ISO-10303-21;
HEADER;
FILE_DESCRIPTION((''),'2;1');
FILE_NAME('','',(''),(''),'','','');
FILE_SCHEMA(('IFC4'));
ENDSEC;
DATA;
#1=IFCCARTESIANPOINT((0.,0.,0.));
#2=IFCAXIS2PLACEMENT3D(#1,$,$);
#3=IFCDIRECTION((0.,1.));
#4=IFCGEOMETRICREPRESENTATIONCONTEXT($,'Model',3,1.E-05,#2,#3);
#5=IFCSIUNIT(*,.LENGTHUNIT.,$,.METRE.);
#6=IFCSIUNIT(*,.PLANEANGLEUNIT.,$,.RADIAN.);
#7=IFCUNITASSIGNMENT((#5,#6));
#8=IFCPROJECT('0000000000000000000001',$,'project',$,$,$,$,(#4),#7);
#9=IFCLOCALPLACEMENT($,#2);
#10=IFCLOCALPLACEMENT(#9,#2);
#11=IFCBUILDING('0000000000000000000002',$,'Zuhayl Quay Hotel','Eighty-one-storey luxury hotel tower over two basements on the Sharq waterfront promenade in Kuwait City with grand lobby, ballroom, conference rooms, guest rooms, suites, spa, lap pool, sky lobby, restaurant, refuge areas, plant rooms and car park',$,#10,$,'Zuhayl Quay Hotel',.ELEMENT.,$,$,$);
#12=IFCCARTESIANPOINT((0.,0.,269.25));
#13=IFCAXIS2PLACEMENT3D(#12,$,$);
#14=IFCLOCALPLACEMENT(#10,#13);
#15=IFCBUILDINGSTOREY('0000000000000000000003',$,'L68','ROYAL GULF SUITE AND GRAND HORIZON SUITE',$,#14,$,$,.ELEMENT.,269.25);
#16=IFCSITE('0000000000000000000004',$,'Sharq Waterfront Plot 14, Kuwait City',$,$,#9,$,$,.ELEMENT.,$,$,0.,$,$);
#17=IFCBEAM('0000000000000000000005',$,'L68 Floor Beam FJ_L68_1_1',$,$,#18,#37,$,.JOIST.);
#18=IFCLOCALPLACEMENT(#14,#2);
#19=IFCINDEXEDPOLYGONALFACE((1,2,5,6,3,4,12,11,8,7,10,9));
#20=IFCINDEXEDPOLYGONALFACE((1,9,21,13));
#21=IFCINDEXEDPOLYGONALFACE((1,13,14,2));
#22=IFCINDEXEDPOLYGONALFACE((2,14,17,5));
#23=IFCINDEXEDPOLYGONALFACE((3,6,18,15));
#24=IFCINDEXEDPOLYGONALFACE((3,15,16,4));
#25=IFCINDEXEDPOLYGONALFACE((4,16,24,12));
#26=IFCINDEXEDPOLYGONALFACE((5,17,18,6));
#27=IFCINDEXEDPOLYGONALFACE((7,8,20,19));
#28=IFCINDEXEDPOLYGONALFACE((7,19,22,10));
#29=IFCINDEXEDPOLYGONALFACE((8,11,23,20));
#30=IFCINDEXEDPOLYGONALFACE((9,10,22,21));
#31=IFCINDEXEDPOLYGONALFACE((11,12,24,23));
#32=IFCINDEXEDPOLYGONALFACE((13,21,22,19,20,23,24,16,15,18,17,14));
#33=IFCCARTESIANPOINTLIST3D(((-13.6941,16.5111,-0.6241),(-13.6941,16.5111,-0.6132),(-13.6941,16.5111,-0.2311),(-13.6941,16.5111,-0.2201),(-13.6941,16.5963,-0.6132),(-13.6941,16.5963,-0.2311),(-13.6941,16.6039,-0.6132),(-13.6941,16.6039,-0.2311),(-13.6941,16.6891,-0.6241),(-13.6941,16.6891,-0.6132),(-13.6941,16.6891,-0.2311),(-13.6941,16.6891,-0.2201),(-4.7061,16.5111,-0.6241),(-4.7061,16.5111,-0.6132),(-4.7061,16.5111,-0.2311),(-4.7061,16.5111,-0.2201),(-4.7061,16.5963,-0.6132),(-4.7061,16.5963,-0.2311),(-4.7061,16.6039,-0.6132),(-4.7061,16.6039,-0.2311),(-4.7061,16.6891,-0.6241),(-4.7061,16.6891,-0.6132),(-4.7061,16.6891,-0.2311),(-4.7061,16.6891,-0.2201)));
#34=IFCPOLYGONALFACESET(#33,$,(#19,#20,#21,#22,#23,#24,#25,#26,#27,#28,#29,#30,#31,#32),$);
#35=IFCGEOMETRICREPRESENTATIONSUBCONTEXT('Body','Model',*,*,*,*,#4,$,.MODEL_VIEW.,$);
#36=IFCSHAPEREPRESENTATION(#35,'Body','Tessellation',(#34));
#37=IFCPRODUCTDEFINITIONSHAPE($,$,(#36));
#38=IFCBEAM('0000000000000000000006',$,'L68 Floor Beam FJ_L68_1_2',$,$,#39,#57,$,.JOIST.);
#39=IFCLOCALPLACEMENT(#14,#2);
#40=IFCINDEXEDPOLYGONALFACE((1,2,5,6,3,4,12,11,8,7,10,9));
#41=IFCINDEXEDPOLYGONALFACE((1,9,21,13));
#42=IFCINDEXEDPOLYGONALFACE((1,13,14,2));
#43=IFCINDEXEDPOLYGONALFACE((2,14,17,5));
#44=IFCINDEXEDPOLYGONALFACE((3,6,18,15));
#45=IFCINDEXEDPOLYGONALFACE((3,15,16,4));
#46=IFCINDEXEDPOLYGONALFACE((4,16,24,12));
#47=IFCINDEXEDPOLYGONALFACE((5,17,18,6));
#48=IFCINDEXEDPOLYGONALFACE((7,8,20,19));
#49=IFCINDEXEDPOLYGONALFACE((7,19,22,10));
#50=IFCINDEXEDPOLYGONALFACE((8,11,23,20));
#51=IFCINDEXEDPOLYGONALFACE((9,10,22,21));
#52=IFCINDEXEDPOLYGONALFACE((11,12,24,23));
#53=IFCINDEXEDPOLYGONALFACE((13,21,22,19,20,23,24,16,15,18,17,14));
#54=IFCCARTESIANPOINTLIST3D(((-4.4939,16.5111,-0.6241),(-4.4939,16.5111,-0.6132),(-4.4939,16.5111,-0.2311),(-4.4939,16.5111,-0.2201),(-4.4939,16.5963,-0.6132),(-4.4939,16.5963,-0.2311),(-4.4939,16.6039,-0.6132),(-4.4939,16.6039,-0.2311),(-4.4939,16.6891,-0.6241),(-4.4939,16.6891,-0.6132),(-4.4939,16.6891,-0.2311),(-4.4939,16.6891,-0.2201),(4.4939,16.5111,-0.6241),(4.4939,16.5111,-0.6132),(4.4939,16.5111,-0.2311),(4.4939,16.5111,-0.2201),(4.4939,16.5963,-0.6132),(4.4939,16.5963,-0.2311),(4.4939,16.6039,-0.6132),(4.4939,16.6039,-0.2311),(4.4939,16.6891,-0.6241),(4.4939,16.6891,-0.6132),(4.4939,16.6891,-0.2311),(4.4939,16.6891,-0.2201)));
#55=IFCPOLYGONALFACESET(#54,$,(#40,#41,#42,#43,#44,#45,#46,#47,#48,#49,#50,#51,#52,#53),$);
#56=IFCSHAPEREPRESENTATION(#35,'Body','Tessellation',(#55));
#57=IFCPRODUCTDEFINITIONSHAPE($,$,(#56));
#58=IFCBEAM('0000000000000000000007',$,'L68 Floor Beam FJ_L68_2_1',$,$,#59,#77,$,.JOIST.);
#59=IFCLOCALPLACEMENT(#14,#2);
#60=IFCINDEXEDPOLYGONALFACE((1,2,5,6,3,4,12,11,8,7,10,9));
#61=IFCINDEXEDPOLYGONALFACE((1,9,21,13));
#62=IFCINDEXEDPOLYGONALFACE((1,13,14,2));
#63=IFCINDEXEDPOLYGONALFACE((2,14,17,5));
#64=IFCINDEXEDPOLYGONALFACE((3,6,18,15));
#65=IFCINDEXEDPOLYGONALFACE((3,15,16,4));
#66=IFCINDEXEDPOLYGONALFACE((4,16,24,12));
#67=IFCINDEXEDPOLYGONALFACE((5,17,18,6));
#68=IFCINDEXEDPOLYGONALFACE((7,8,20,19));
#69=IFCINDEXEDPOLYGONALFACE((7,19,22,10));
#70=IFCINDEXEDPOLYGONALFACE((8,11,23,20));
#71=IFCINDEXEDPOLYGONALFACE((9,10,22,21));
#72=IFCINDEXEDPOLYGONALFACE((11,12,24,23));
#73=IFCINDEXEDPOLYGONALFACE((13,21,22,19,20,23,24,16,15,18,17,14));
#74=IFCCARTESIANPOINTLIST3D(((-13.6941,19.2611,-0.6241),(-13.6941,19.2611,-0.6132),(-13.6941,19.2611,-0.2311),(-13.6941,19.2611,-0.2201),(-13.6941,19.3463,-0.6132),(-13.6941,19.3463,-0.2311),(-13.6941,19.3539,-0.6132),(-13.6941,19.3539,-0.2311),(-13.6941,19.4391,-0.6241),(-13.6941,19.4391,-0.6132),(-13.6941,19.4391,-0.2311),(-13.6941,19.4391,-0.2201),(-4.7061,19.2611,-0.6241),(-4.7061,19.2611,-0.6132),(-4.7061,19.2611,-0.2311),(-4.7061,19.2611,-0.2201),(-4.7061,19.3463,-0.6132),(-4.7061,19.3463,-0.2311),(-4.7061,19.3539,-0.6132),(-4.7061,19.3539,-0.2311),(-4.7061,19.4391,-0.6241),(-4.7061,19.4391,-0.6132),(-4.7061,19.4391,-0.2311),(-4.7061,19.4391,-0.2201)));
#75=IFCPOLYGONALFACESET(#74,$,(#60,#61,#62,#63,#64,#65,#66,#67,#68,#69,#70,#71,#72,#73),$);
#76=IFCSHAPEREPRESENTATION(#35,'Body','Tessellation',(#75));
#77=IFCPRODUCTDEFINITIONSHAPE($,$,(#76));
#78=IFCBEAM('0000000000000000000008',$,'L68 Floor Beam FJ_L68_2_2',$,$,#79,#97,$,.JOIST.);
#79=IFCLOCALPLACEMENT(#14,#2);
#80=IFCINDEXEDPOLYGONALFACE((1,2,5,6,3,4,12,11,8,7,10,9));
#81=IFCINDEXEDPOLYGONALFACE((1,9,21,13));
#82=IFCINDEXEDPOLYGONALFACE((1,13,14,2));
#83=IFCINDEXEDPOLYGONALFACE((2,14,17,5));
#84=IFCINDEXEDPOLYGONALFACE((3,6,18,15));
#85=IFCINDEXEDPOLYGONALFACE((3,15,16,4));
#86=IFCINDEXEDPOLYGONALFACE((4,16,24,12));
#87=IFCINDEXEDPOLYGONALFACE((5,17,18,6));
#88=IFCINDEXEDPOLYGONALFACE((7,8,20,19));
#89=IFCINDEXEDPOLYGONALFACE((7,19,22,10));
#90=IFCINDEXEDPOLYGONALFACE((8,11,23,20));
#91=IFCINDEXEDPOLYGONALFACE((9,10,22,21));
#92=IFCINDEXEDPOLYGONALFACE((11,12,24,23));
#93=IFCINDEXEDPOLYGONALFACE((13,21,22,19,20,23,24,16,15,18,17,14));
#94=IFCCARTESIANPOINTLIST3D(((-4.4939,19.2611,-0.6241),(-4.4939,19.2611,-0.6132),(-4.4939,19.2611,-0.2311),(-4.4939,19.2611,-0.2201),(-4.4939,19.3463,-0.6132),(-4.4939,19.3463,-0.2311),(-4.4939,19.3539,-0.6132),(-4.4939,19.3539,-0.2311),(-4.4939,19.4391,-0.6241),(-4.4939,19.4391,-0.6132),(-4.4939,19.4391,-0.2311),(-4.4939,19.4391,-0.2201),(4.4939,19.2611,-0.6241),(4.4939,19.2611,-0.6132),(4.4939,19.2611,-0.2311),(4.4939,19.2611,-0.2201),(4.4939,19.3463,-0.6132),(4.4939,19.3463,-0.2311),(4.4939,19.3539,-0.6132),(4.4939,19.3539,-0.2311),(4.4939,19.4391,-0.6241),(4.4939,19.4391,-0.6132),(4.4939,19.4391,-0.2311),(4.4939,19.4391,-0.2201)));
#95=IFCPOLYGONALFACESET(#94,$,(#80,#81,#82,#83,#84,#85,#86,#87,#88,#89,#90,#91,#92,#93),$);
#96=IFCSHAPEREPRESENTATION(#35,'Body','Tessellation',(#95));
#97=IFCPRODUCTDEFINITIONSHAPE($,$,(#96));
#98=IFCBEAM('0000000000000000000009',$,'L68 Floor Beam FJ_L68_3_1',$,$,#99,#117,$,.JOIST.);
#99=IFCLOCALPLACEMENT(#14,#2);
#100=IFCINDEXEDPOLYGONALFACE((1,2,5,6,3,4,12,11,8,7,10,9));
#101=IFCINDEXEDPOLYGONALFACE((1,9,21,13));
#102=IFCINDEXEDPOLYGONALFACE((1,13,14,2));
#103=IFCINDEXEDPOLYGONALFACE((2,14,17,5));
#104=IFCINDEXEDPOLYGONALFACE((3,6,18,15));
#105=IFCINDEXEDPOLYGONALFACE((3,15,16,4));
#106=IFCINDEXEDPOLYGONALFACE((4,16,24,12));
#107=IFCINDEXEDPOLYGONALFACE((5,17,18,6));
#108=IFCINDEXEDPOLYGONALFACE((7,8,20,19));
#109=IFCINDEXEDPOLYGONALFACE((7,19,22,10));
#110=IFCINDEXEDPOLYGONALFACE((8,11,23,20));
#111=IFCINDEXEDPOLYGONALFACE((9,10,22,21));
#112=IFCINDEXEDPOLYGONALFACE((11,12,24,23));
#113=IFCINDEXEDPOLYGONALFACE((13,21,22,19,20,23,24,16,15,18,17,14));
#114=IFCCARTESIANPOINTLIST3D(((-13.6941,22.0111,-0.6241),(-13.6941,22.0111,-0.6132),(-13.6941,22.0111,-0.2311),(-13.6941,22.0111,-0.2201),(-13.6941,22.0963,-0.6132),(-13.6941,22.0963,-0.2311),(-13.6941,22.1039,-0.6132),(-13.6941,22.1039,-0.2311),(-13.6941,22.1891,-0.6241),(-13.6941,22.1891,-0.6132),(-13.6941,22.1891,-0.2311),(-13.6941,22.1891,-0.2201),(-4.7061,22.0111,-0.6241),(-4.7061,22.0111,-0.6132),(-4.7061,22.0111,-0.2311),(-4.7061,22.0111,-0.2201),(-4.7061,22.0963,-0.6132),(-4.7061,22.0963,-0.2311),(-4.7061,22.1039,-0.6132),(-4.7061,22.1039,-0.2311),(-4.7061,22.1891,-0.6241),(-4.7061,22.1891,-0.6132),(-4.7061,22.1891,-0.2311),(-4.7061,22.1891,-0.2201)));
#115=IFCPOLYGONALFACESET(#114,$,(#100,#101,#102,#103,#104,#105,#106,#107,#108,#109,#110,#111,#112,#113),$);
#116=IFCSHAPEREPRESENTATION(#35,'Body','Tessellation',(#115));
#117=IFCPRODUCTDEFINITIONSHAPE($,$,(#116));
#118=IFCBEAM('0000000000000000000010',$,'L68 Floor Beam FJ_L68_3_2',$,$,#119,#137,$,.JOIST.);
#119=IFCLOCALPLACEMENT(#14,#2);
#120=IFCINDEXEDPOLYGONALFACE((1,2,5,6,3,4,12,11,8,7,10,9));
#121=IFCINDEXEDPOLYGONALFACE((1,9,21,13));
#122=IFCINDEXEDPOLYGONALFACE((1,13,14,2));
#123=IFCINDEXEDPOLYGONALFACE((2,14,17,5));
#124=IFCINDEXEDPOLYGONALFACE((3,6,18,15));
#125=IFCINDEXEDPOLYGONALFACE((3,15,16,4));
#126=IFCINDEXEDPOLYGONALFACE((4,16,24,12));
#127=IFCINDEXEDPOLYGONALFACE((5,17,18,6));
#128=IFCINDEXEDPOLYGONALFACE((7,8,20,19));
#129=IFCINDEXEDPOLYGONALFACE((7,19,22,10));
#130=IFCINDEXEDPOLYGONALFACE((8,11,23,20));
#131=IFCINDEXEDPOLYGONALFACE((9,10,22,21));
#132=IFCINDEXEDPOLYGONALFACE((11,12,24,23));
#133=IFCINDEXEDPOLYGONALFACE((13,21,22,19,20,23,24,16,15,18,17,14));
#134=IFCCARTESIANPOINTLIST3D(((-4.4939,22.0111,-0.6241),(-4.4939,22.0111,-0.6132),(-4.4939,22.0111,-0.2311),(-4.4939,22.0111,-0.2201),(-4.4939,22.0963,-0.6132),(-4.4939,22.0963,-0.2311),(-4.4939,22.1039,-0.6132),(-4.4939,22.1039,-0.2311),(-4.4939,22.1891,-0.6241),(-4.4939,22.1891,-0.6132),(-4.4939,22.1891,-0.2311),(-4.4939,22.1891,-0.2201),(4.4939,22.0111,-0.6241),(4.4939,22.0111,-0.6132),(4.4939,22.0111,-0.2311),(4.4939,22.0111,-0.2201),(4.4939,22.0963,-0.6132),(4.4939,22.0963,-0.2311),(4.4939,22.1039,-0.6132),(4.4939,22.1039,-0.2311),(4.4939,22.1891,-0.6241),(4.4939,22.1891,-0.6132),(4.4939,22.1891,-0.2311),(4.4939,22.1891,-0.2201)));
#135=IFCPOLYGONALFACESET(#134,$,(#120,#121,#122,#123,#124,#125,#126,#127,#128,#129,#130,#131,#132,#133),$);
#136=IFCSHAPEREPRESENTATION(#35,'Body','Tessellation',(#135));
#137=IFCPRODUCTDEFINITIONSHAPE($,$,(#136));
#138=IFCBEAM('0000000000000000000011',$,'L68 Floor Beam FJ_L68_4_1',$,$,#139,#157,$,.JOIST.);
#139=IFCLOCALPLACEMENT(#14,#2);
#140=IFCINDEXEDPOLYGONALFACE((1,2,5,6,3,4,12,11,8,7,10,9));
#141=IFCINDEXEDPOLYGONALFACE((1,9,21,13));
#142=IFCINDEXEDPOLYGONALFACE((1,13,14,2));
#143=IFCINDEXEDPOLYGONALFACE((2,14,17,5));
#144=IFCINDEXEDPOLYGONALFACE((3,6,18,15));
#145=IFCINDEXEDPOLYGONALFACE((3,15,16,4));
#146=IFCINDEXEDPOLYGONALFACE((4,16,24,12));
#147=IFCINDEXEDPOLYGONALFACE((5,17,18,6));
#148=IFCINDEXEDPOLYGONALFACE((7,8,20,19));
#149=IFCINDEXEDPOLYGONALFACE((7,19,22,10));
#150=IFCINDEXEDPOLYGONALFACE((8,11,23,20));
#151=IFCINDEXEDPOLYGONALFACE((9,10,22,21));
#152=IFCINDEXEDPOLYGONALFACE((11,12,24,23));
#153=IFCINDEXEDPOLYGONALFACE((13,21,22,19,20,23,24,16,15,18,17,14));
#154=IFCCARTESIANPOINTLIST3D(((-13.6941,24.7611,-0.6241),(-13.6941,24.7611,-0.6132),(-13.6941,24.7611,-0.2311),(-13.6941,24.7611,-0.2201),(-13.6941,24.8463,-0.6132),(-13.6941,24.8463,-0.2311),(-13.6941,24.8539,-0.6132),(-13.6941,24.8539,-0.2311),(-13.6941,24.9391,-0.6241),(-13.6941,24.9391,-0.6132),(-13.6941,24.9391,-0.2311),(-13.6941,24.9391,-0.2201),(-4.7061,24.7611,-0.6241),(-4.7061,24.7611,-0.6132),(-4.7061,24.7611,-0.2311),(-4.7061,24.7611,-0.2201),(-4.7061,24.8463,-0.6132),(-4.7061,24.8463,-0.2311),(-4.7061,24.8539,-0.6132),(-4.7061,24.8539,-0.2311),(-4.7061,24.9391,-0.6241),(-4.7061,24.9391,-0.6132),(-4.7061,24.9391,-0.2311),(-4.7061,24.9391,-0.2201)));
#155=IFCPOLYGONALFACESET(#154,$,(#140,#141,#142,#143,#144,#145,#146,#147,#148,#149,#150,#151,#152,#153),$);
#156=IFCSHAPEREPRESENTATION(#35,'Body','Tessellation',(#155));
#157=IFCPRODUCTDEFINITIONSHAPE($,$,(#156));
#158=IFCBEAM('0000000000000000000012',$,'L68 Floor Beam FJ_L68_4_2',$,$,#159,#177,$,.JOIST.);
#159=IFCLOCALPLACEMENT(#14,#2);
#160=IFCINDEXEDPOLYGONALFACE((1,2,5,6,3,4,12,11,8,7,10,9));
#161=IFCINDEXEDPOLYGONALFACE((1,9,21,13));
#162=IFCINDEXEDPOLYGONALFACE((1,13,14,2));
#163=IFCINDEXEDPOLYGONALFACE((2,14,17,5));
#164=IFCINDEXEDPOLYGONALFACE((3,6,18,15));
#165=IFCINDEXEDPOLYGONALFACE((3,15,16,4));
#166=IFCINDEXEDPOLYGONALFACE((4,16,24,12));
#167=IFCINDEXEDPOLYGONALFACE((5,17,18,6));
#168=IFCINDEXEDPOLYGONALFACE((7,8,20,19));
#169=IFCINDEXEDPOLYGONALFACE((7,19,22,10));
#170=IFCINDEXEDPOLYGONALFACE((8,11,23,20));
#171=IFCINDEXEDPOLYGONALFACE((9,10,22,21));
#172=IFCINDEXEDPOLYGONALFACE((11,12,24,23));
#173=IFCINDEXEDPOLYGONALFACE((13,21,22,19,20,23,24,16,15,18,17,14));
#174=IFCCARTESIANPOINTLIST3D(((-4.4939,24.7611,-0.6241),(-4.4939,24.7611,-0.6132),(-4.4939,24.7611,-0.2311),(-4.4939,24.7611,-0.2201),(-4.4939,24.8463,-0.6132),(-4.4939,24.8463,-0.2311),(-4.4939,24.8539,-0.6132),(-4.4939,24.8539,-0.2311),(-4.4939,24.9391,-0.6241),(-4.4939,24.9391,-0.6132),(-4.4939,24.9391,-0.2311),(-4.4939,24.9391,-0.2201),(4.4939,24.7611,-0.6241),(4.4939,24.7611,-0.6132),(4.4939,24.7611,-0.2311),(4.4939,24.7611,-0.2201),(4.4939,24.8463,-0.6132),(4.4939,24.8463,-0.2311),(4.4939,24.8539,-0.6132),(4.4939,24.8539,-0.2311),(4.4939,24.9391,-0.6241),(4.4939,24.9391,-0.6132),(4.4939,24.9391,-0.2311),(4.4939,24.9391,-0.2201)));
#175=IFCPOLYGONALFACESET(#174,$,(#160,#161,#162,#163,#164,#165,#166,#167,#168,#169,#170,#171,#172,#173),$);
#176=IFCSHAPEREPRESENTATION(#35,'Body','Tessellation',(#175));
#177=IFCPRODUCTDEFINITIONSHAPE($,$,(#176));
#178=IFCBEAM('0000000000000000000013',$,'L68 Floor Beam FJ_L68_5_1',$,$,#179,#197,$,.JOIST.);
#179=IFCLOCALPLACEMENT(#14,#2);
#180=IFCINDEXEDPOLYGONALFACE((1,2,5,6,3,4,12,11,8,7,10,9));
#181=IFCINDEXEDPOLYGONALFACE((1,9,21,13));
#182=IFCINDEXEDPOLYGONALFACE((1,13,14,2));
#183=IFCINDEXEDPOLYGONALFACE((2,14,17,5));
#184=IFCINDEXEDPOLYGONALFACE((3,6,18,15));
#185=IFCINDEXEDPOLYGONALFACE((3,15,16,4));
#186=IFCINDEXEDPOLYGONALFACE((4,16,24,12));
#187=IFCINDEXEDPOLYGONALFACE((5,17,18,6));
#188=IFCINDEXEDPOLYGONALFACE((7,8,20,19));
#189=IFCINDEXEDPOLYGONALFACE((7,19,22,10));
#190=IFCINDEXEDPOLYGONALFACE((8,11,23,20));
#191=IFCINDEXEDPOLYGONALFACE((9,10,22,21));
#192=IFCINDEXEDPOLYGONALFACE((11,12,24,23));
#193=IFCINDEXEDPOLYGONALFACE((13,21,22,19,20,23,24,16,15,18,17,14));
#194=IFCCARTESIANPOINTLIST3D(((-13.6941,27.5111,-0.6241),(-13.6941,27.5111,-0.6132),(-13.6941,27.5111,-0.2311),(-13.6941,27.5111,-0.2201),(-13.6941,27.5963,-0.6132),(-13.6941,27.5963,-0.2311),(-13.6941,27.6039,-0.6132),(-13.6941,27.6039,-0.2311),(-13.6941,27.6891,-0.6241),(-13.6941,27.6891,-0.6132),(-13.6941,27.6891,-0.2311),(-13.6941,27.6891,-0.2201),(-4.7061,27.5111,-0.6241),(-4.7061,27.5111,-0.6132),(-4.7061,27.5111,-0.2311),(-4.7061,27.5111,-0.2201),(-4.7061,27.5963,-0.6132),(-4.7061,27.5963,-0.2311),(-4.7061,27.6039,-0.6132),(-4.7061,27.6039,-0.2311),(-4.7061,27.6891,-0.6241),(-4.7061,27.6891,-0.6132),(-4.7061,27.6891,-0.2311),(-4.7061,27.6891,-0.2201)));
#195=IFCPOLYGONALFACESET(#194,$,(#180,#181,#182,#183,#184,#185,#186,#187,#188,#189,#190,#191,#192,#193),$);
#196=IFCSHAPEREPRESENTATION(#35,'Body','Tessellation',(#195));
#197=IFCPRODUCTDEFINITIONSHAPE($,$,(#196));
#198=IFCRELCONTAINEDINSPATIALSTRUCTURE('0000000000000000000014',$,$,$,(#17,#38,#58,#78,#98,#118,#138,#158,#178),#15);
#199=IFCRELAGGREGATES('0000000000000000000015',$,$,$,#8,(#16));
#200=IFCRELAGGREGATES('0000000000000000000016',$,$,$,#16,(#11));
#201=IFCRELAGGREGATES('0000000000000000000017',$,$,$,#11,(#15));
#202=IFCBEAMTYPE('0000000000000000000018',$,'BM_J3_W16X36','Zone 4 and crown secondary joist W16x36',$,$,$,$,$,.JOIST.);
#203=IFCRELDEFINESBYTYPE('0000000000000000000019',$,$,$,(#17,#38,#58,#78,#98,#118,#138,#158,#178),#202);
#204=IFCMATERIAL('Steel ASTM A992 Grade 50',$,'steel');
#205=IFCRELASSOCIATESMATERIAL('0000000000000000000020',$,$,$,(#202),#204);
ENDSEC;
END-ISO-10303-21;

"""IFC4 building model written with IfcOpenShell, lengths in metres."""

from ifc_helpers import new_model, si_unit, direction, frame, origin, origin_2d, place, context, subcontext, project, spatial, i_section, extrude, material, material_profile, profile_set, type_object, element, save


model = new_model("IFC4")

# Units and contexts
model_context = context("Model", 3, precision=1e-05, world=origin(), true_north=direction((0.0, 1.0)))
body_context = subcontext(model_context, "Body", "Model", "MODEL_VIEW")
ifc_project = project(units=[si_unit("LENGTHUNIT", "METRE"), si_unit("PLANEANGLEUNIT", "RADIAN")], contexts=[model_context])

# Site, building, storey
site_placement = place(None, origin())
site = spatial("IfcSite", under=ifc_project, at=site_placement, Name="Sharq Waterfront Plot 14, Kuwait City", CompositionType="ELEMENT", RefElevation=0.0)
building_placement = place(site_placement, origin())
building = spatial("IfcBuilding", under=site, at=building_placement, Name="Zuhayl Quay Hotel", Description="Eighty-one-storey luxury hotel tower over two basements on the Sharq waterfront promenade in Kuwait City with grand lobby, ballroom, conference rooms, guest rooms, suites, spa, lap pool, sky lobby, restaurant, refuge areas, plant rooms and car park", LongName="Zuhayl Quay Hotel", CompositionType="ELEMENT")
storey_placement = place(building_placement, frame((0.0, 0.0, 269.25)))
storey = spatial("IfcBuildingStorey", under=building, at=storey_placement, Name="L68", Description="ROYAL GULF SUITE AND GRAND HORIZON SUITE", CompositionType="ELEMENT", Elevation=269.25)

# Beams
ifc_material_1 = material(Name="Steel ASTM A992 Grade 50", Category="steel")
ifc_material_profile = material_profile(ifc_material_1, i_section(OverallWidth=0.178, OverallDepth=0.4041, WebThickness=0.0076, FlangeThickness=0.011, at=origin_2d()), Name="W16X36")
ifc_profile_set = profile_set([ifc_material_profile], Name="Steel ASTM A992 Grade 50")
beam_type = type_object("IfcBeamType", Name="BM_J3_W16X36", Description="Zone 4 and crown secondary joist W16x36", PredefinedType="JOIST", material=ifc_profile_set)
beam_1_placement = place(storey_placement, frame((-13.6941, 16.6001, -0.4221), z_axis=(1.0, 0.0, 0.0), x_axis=(0.0, 1.0, 0.0)))
element("IfcBeam", 1, at=beam_1_placement, inside=storey, type_object=beam_type, Name="L68 Floor Beam FJ_L68_1_1", PredefinedType="JOIST", context=body_context, shape_type="SweptSolid", body=[
    extrude(i_section(OverallWidth=0.178, OverallDepth=0.4041, WebThickness=0.0076, FlangeThickness=0.011, at=origin_2d()), origin(), (0.0, 0.0, 1.0), 8.988),
])
beam_2_placement = place(storey_placement, frame((-4.4939, 16.6001, -0.4221), z_axis=(1.0, 0.0, 0.0), x_axis=(0.0, 1.0, 0.0)))
element("IfcBeam", 2, at=beam_2_placement, inside=storey, type_object=beam_type, Name="L68 Floor Beam FJ_L68_1_2", PredefinedType="JOIST", context=body_context, shape_type="SweptSolid", body=[
    extrude(i_section(OverallWidth=0.178, OverallDepth=0.4041, WebThickness=0.0076, FlangeThickness=0.011, at=origin_2d()), origin(), (0.0, 0.0, 1.0), 8.9878),
])
beam_3_placement = place(storey_placement, frame((-13.6941, 19.3501, -0.4221), z_axis=(1.0, 0.0, 0.0), x_axis=(0.0, 1.0, 0.0)))
element("IfcBeam", 3, at=beam_3_placement, inside=storey, type_object=beam_type, Name="L68 Floor Beam FJ_L68_2_1", PredefinedType="JOIST", context=body_context, shape_type="SweptSolid", body=[
    extrude(i_section(OverallWidth=0.178, OverallDepth=0.4041, WebThickness=0.0076, FlangeThickness=0.011, at=origin_2d()), origin(), (0.0, 0.0, 1.0), 8.988),
])
beam_4_placement = place(storey_placement, frame((-4.4939, 19.3501, -0.4221), z_axis=(1.0, 0.0, 0.0), x_axis=(0.0, 1.0, 0.0)))
element("IfcBeam", 4, at=beam_4_placement, inside=storey, type_object=beam_type, Name="L68 Floor Beam FJ_L68_2_2", PredefinedType="JOIST", context=body_context, shape_type="SweptSolid", body=[
    extrude(i_section(OverallWidth=0.178, OverallDepth=0.4041, WebThickness=0.0076, FlangeThickness=0.011, at=origin_2d()), origin(), (0.0, 0.0, 1.0), 8.9878),
])
beam_5_placement = place(storey_placement, frame((-13.6941, 22.1001, -0.4221), z_axis=(1.0, 0.0, 0.0), x_axis=(0.0, 1.0, 0.0)))
element("IfcBeam", 5, at=beam_5_placement, inside=storey, type_object=beam_type, Name="L68 Floor Beam FJ_L68_3_1", PredefinedType="JOIST", context=body_context, shape_type="SweptSolid", body=[
    extrude(i_section(OverallWidth=0.178, OverallDepth=0.4041, WebThickness=0.0076, FlangeThickness=0.011, at=origin_2d()), origin(), (0.0, 0.0, 1.0), 8.988),
])
beam_6_placement = place(storey_placement, frame((-4.4939, 22.1001, -0.4221), z_axis=(1.0, 0.0, 0.0), x_axis=(0.0, 1.0, 0.0)))
element("IfcBeam", 6, at=beam_6_placement, inside=storey, type_object=beam_type, Name="L68 Floor Beam FJ_L68_3_2", PredefinedType="JOIST", context=body_context, shape_type="SweptSolid", body=[
    extrude(i_section(OverallWidth=0.178, OverallDepth=0.4041, WebThickness=0.0076, FlangeThickness=0.011, at=origin_2d()), origin(), (0.0, 0.0, 1.0), 8.9878),
])
beam_7_placement = place(storey_placement, frame((-13.6941, 24.8501, -0.4221), z_axis=(1.0, 0.0, 0.0), x_axis=(0.0, 1.0, 0.0)))
element("IfcBeam", 7, at=beam_7_placement, inside=storey, type_object=beam_type, Name="L68 Floor Beam FJ_L68_4_1", PredefinedType="JOIST", context=body_context, shape_type="SweptSolid", body=[
    extrude(i_section(OverallWidth=0.178, OverallDepth=0.4041, WebThickness=0.0076, FlangeThickness=0.011, at=origin_2d()), origin(), (0.0, 0.0, 1.0), 8.988),
])
beam_8_placement = place(storey_placement, frame((-4.4939, 24.8501, -0.4221), z_axis=(1.0, 0.0, 0.0), x_axis=(0.0, 1.0, 0.0)))
element("IfcBeam", 8, at=beam_8_placement, inside=storey, type_object=beam_type, Name="L68 Floor Beam FJ_L68_4_2", PredefinedType="JOIST", context=body_context, shape_type="SweptSolid", body=[
    extrude(i_section(OverallWidth=0.178, OverallDepth=0.4041, WebThickness=0.0076, FlangeThickness=0.011, at=origin_2d()), origin(), (0.0, 0.0, 1.0), 8.9878),
])
beam_9_placement = place(storey_placement, frame((-13.6941, 27.6001, -0.4221), z_axis=(1.0, 0.0, 0.0), x_axis=(0.0, 1.0, 0.0)))
element("IfcBeam", 9, at=beam_9_placement, inside=storey, type_object=beam_type, Name="L68 Floor Beam FJ_L68_5_1", PredefinedType="JOIST", context=body_context, shape_type="SweptSolid", body=[
    extrude(i_section(OverallWidth=0.178, OverallDepth=0.4041, WebThickness=0.0076, FlangeThickness=0.011, at=origin_2d()), origin(), (0.0, 0.0, 1.0), 8.988),
])

save(model, "model.ifc")
